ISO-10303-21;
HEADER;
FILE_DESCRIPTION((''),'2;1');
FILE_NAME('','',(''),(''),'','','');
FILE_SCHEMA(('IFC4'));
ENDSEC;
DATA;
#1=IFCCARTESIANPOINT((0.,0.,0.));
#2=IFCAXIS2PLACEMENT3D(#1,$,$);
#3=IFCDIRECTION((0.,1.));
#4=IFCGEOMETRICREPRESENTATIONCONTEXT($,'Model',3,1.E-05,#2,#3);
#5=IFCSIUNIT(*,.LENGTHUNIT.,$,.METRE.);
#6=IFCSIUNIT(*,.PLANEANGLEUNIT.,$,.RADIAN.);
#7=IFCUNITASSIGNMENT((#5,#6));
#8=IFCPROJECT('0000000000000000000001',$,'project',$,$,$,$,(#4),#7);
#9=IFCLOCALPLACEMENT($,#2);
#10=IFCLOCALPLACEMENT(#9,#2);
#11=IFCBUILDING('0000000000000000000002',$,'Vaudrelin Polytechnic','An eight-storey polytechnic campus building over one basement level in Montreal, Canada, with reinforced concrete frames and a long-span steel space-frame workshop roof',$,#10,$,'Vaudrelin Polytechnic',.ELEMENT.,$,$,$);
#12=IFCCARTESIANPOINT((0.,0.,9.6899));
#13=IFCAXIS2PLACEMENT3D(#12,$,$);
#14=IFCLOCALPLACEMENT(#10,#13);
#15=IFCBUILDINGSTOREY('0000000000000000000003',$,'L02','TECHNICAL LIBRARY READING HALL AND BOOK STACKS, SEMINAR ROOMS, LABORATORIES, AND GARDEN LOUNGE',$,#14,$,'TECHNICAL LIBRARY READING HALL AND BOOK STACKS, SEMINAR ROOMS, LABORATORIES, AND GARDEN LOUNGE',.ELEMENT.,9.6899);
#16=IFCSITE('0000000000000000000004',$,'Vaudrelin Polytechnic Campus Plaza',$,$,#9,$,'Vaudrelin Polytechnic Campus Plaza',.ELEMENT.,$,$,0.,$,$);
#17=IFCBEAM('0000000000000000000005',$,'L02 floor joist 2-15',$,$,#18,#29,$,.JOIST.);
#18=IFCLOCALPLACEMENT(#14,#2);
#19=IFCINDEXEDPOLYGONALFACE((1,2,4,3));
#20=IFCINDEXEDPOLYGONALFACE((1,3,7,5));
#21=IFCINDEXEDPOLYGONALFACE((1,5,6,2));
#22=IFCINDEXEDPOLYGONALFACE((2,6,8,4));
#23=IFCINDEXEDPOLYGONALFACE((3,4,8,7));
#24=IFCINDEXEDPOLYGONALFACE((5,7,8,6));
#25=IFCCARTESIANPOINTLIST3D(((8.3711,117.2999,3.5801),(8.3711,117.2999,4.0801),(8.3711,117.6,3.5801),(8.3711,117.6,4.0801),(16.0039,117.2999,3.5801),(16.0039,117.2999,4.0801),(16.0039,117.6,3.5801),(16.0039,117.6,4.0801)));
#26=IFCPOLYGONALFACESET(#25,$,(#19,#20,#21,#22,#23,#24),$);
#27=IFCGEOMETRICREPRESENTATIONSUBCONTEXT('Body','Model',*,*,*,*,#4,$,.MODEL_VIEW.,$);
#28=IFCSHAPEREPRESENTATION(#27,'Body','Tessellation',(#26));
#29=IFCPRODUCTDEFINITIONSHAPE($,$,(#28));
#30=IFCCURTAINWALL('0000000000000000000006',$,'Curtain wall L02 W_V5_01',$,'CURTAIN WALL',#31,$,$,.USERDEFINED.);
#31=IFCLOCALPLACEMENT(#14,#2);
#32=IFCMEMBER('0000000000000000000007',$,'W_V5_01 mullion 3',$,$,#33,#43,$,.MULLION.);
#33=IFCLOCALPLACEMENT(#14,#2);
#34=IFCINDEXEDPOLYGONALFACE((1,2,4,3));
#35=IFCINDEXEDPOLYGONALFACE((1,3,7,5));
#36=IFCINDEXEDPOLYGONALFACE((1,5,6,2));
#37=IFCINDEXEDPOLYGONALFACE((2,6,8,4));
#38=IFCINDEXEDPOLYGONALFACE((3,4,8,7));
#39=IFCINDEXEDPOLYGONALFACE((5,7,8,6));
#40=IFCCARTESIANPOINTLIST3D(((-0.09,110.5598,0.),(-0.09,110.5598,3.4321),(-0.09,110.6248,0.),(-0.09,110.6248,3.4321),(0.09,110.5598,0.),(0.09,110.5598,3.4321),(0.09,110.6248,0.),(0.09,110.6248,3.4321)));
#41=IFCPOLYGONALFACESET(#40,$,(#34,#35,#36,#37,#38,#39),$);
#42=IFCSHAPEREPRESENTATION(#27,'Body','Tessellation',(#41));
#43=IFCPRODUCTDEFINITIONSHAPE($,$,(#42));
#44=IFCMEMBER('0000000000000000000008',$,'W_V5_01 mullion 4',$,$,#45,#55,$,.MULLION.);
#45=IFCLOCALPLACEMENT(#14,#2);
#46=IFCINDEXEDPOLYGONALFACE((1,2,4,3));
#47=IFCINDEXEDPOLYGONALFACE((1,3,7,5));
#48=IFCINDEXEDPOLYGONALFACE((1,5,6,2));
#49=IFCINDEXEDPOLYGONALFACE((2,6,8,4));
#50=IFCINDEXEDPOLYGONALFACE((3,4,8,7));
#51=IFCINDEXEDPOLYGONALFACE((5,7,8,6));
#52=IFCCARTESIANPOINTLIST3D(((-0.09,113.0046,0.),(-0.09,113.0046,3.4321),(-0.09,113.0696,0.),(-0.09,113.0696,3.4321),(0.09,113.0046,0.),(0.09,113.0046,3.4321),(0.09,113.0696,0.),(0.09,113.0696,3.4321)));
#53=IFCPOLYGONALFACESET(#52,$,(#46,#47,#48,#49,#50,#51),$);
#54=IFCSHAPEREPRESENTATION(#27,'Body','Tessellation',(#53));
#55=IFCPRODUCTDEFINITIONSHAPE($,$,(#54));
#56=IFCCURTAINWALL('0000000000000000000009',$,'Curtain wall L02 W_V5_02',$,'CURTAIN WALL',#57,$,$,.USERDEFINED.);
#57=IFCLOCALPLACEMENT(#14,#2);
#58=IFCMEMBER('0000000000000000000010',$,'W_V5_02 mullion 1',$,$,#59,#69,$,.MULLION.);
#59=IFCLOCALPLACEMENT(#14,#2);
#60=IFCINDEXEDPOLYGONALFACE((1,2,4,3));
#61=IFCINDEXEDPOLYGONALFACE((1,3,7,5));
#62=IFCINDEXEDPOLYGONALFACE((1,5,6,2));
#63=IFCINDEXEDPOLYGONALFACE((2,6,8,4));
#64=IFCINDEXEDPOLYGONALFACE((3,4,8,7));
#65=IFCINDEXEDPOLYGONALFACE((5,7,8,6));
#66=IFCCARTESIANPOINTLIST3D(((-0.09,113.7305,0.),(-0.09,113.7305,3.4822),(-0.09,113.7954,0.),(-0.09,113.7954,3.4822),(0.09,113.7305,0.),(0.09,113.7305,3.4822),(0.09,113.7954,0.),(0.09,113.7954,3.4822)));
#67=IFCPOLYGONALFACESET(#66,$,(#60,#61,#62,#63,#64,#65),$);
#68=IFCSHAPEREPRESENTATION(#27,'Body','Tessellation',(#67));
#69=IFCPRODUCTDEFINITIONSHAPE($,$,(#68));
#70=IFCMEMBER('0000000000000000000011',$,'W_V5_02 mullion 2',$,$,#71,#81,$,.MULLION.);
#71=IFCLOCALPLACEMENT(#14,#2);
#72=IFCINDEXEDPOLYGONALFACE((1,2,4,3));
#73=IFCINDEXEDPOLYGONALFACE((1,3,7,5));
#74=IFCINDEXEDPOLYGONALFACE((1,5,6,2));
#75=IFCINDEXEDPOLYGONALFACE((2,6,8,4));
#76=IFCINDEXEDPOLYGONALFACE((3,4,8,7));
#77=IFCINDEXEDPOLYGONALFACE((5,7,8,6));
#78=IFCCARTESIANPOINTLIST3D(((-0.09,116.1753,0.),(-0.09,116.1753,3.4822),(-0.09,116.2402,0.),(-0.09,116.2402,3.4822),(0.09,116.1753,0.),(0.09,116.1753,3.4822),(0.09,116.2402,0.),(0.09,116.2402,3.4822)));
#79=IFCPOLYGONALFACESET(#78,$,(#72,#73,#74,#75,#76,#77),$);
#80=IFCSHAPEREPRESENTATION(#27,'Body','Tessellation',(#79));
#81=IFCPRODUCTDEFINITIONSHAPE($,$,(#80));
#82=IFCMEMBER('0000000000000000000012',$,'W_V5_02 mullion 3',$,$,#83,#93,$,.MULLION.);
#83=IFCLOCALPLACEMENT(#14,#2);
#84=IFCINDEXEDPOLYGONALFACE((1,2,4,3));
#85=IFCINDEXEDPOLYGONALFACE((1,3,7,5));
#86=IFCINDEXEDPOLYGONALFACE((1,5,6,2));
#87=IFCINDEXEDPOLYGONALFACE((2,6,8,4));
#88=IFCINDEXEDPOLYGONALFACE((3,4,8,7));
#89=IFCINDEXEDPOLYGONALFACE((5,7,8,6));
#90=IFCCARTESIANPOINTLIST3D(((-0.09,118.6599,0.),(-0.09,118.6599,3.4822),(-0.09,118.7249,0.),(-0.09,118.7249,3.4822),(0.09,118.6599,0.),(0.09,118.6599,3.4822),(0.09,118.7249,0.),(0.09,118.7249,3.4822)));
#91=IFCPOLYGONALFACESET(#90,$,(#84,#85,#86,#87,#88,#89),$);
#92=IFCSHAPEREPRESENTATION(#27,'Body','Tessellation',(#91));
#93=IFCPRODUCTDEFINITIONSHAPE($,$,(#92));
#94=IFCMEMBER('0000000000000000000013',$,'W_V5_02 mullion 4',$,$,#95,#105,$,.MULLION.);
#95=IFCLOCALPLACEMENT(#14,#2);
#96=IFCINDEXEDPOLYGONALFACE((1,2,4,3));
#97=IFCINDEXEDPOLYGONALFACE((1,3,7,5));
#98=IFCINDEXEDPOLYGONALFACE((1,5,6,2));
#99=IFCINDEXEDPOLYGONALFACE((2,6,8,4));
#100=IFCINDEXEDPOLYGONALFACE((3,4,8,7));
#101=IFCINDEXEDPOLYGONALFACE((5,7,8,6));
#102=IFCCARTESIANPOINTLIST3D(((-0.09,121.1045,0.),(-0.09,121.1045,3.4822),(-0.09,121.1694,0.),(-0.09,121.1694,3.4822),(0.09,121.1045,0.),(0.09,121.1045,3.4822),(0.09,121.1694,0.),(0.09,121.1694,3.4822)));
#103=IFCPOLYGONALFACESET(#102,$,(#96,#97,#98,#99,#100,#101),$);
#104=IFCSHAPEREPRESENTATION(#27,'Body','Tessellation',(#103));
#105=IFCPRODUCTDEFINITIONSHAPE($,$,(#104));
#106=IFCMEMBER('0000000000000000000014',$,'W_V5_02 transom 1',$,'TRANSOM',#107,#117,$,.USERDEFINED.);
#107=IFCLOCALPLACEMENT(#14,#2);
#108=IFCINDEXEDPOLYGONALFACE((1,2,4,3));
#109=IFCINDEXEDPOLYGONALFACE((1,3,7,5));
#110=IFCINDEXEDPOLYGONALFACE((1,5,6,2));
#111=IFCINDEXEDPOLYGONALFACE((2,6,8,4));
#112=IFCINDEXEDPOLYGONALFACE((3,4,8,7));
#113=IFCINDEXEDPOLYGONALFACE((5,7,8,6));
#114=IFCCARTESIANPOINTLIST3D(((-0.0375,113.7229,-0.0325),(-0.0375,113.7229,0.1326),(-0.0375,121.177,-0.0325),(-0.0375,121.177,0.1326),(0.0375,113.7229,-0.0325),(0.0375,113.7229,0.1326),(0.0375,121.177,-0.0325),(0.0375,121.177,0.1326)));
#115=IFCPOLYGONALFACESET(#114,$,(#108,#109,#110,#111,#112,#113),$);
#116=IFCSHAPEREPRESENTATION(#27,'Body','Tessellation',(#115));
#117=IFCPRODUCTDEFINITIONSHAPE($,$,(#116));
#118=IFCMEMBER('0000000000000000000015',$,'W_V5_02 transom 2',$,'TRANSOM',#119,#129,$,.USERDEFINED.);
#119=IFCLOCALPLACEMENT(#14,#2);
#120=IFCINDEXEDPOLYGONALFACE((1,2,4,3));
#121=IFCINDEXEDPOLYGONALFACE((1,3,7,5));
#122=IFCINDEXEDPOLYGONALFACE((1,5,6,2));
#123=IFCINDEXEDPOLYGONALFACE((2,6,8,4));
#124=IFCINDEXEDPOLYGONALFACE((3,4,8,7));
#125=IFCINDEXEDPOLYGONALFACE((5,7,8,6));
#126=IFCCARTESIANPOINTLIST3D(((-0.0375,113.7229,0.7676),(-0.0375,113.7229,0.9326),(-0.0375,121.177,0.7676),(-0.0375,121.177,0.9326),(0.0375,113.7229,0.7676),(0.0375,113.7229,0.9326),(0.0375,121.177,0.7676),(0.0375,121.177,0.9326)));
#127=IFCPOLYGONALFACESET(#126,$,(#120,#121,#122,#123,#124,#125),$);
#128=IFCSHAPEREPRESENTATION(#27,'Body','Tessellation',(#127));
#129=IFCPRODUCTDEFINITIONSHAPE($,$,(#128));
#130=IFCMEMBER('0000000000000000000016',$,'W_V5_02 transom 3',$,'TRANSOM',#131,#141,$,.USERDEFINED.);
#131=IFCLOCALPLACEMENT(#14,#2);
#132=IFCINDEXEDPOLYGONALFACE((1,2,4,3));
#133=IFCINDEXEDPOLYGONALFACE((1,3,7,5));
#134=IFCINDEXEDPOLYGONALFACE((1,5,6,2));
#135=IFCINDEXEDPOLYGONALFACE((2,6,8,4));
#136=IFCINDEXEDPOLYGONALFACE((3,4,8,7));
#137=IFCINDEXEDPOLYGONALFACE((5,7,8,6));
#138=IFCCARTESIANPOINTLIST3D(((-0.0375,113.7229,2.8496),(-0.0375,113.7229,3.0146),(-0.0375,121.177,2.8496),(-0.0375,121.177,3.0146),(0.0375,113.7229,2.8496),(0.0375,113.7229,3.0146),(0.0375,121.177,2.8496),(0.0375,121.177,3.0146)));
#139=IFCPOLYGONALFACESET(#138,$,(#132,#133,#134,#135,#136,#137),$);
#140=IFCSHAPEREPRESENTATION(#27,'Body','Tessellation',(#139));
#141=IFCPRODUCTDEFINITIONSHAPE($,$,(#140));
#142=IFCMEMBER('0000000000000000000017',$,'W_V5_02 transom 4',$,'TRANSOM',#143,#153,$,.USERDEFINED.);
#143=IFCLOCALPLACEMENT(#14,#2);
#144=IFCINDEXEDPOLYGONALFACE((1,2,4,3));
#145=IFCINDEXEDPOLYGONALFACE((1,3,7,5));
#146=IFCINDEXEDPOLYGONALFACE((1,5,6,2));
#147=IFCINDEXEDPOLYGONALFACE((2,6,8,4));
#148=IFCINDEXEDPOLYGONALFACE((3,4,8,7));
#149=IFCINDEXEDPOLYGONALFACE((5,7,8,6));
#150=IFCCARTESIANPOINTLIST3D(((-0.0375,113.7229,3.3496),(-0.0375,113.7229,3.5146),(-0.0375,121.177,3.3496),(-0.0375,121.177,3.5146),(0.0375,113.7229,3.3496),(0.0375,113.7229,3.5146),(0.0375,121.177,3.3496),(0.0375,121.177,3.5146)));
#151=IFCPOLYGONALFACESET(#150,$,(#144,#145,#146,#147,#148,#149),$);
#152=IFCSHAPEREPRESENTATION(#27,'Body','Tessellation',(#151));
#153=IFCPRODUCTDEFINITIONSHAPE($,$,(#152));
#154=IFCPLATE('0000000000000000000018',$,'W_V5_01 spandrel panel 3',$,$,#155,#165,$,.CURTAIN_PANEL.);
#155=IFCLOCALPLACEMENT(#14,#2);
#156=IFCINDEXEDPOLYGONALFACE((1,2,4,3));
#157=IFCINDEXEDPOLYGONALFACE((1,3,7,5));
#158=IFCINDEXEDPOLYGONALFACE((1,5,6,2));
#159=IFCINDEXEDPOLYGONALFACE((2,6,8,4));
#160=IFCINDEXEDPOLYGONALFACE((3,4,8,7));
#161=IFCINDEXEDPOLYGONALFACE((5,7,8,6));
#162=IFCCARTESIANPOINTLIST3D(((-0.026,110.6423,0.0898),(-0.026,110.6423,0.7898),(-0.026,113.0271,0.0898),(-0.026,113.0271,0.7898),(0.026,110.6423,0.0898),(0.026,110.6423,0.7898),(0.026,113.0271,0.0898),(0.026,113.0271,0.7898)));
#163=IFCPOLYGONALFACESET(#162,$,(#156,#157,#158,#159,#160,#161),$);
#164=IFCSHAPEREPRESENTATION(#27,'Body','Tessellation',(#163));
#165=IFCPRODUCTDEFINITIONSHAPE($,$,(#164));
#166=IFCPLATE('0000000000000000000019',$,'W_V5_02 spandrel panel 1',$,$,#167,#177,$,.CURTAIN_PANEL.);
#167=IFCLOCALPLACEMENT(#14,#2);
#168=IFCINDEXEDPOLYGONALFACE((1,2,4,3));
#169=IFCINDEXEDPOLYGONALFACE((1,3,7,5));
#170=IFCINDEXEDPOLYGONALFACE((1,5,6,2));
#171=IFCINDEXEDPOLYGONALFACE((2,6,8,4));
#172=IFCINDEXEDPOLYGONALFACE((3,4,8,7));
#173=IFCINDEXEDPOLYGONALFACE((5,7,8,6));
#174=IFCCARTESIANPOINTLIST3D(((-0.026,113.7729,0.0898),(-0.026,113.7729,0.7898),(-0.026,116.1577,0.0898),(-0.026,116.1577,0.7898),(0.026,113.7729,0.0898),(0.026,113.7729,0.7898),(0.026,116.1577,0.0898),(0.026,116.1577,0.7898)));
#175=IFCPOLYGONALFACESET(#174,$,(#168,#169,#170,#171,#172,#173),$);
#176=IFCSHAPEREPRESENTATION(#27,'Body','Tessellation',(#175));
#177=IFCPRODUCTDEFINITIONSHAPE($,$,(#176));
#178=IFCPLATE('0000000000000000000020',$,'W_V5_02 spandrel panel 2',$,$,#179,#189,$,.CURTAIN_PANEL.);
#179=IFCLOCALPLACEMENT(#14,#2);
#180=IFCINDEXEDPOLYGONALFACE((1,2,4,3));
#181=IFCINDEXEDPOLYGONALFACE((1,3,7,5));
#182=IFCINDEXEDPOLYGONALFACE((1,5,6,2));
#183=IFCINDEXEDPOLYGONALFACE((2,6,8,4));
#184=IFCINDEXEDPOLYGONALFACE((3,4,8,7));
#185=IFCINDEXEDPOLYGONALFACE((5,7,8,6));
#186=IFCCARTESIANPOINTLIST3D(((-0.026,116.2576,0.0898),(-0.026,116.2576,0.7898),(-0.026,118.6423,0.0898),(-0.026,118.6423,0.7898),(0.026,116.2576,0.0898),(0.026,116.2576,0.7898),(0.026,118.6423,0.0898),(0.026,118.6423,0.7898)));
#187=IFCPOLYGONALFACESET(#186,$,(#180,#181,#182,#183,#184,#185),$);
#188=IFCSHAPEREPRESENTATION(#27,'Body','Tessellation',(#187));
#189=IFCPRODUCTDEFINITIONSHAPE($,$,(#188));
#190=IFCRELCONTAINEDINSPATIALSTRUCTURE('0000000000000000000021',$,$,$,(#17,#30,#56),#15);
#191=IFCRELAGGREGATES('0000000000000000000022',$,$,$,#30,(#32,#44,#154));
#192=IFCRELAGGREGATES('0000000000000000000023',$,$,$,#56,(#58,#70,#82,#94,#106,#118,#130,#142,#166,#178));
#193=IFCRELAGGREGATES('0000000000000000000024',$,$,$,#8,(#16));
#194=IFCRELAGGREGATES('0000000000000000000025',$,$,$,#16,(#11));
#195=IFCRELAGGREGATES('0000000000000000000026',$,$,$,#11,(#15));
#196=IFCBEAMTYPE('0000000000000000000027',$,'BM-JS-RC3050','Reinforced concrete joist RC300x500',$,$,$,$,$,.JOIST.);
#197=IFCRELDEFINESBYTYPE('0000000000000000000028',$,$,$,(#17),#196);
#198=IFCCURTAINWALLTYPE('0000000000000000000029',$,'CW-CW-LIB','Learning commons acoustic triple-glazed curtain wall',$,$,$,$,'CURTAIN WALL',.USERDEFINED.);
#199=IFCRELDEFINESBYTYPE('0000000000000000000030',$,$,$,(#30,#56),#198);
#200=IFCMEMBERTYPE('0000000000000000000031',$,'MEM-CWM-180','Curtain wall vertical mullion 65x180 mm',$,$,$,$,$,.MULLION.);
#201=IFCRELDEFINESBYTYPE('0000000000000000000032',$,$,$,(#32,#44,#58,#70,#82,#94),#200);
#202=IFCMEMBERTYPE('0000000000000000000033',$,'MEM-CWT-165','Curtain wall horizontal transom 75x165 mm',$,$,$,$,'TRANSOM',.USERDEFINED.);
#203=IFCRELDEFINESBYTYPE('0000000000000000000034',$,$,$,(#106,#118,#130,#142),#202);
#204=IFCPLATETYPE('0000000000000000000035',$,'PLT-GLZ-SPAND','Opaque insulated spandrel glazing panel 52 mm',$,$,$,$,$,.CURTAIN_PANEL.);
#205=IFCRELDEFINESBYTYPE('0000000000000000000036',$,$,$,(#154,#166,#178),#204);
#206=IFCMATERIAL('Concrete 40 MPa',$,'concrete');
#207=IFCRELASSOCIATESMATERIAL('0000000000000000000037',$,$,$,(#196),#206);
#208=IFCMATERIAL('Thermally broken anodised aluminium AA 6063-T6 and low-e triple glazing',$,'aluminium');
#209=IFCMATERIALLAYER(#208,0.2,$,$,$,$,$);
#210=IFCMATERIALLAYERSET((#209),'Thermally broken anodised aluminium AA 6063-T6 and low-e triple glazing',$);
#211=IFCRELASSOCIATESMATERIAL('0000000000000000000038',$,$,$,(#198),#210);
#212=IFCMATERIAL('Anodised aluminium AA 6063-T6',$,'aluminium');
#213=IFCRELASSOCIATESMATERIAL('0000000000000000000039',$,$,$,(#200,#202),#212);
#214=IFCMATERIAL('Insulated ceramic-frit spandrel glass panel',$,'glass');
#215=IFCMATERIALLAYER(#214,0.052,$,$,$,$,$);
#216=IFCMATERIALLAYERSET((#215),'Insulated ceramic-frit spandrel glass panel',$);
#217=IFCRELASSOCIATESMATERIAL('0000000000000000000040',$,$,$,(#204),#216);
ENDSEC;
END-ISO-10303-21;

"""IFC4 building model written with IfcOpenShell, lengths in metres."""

from ifc_helpers import new_model, si_unit, direction, frame, origin, origin_2d, place, context, subcontext, project, spatial, rectangle, extrude, material, layer, layer_set, material_profile, profile_set, type_object, element, aggregate, save


model = new_model("IFC4")

# Units and contexts
model_context = context("Model", 3, precision=1e-05, world=origin(), true_north=direction((0.0, 1.0)))
body_context = subcontext(model_context, "Body", "Model", "MODEL_VIEW")
ifc_project = project(units=[si_unit("LENGTHUNIT", "METRE"), si_unit("PLANEANGLEUNIT", "RADIAN")], contexts=[model_context])

# Site, building, storey
site_placement = place(None, origin())
site = spatial("IfcSite", under=ifc_project, at=site_placement, Name="Vaudrelin Polytechnic Campus Plaza", LongName="Vaudrelin Polytechnic Campus Plaza", CompositionType="ELEMENT", RefElevation=0.0)
building_placement = place(site_placement, origin())
building = spatial("IfcBuilding", under=site, at=building_placement, Name="Vaudrelin Polytechnic", Description="An eight-storey polytechnic campus building over one basement level in Montreal, Canada, with reinforced concrete frames and a long-span steel space-frame workshop roof", LongName="Vaudrelin Polytechnic", CompositionType="ELEMENT")
storey_placement = place(building_placement, frame((0.0, 0.0, 9.6899)))
storey = spatial("IfcBuildingStorey", under=building, at=storey_placement, Name="L02", Description="TECHNICAL LIBRARY READING HALL AND BOOK STACKS, SEMINAR ROOMS, LABORATORIES, AND GARDEN LOUNGE", LongName="TECHNICAL LIBRARY READING HALL AND BOOK STACKS, SEMINAR ROOMS, LABORATORIES, AND GARDEN LOUNGE", CompositionType="ELEMENT", Elevation=9.6899)

# Shared definitions
ifc_material_1 = material(Name="Concrete 40 MPa", Category="concrete")

# Beam
ifc_material_profile_1 = material_profile(ifc_material_1, rectangle(XDim=0.3, YDim=0.5, at=origin_2d()), Name="RC300x500")
ifc_profile_set_1 = profile_set([ifc_material_profile_1], Name="Concrete 40 MPa")
beam_type_1 = type_object("IfcBeamType", Name="BM-JS-RC3050", Description="Reinforced concrete joist RC300x500", PredefinedType="JOIST", material=ifc_profile_set_1)
beam_1_placement = place(storey_placement, frame((8.3711, 117.45, 3.8301), z_axis=(1.0, 0.0, 0.0), x_axis=(0.0, 1.0, 0.0)))
element("IfcBeam", 1, at=beam_1_placement, inside=storey, type_object=beam_type_1, Name="L02 floor joist 2-15", PredefinedType="JOIST", context=body_context, shape_type="SweptSolid", body=[
    extrude(rectangle(XDim=0.3, YDim=0.5, at=origin_2d()), origin(), (0.0, 0.0, 1.0), 7.6328),
])

# Curtain walls, members
ifc_material_2 = material(Name="Thermally broken anodised aluminium AA 6063-T6 and low-e triple glazing", Category="aluminium")
ifc_layer_1 = layer(ifc_material_2, 0.2)
ifc_layer_set_1 = layer_set([ifc_layer_1], Name="Thermally broken anodised aluminium AA 6063-T6 and low-e triple glazing")
curtain_wall_type = type_object("IfcCurtainWallType", Name="CW-CW-LIB", Description="Learning commons acoustic triple-glazed curtain wall", ElementType="CURTAIN WALL", PredefinedType="USERDEFINED", material=ifc_layer_set_1)
curtain_wall_1_placement = place(storey_placement, origin())
curtain_wall_1 = element("IfcCurtainWall", 2, at=curtain_wall_1_placement, inside=storey, type_object=curtain_wall_type, Name="Curtain wall L02 W_V5_01", ObjectType="CURTAIN WALL", PredefinedType="USERDEFINED")
ifc_material_3 = material(Name="Anodised aluminium AA 6063-T6", Category="aluminium")
ifc_material_profile_2 = material_profile(ifc_material_3, rectangle(XDim=0.0649, YDim=0.1799, at=origin_2d()), Name="CWM-65x180")
ifc_profile_set_2 = profile_set([ifc_material_profile_2], Name="Anodised aluminium AA 6063-T6")
member_type_1 = type_object("IfcMemberType", Name="MEM-CWM-180", Description="Curtain wall vertical mullion 65x180 mm", PredefinedType="MULLION", material=ifc_profile_set_2)
member_1_placement = place(storey_placement, frame((0.0, 110.5923, 0.0), z_axis=(0.0, 0.0, 1.0), x_axis=(0.0, 1.0, 0.0)))
member_1 = element("IfcMember", 3, at=member_1_placement, type_object=member_type_1, Name="W_V5_01 mullion 3", PredefinedType="MULLION", context=body_context, shape_type="SweptSolid", body=[
    extrude(rectangle(XDim=0.0649, YDim=0.1799, at=origin_2d()), origin(), (0.0, 0.0, 1.0), 3.4321),
])
member_2_placement = place(storey_placement, frame((0.0, 113.0371, 0.0), z_axis=(0.0, 0.0, 1.0), x_axis=(0.0, 1.0, 0.0)))
member_2 = element("IfcMember", 4, at=member_2_placement, type_object=member_type_1, Name="W_V5_01 mullion 4", PredefinedType="MULLION", context=body_context, shape_type="SweptSolid", body=[
    extrude(rectangle(XDim=0.0649, YDim=0.1799, at=origin_2d()), origin(), (0.0, 0.0, 1.0), 3.4321),
])
curtain_wall_2_placement = place(storey_placement, origin())
curtain_wall_2 = element("IfcCurtainWall", 5, at=curtain_wall_2_placement, inside=storey, type_object=curtain_wall_type, Name="Curtain wall L02 W_V5_02", ObjectType="CURTAIN WALL", PredefinedType="USERDEFINED")
member_3_placement = place(storey_placement, frame((0.0, 113.7629, 0.0), z_axis=(0.0, 0.0, 1.0), x_axis=(0.0, 1.0, 0.0)))
member_3 = element("IfcMember", 6, at=member_3_placement, type_object=member_type_1, Name="W_V5_02 mullion 1", PredefinedType="MULLION", context=body_context, shape_type="SweptSolid", body=[
    extrude(rectangle(XDim=0.0649, YDim=0.1799, at=origin_2d()), origin(), (0.0, 0.0, 1.0), 3.4822),
])
member_4_placement = place(storey_placement, frame((0.0, 116.2078, 0.0), z_axis=(0.0, 0.0, 1.0), x_axis=(0.0, 1.0, 0.0)))
member_4 = element("IfcMember", 7, at=member_4_placement, type_object=member_type_1, Name="W_V5_02 mullion 2", PredefinedType="MULLION", context=body_context, shape_type="SweptSolid", body=[
    extrude(rectangle(XDim=0.0649, YDim=0.1799, at=origin_2d()), origin(), (0.0, 0.0, 1.0), 3.4822),
])
member_5_placement = place(storey_placement, frame((0.0, 118.6924, 0.0), z_axis=(0.0, 0.0, 1.0), x_axis=(0.0, 1.0, 0.0)))
member_5 = element("IfcMember", 8, at=member_5_placement, type_object=member_type_1, Name="W_V5_02 mullion 3", PredefinedType="MULLION", context=body_context, shape_type="SweptSolid", body=[
    extrude(rectangle(XDim=0.0649, YDim=0.1799, at=origin_2d()), origin(), (0.0, 0.0, 1.0), 3.4822),
])
member_6_placement = place(storey_placement, frame((0.0, 121.137, 0.0), z_axis=(0.0, 0.0, 1.0), x_axis=(0.0, 1.0, 0.0)))
member_6 = element("IfcMember", 9, at=member_6_placement, type_object=member_type_1, Name="W_V5_02 mullion 4", PredefinedType="MULLION", context=body_context, shape_type="SweptSolid", body=[
    extrude(rectangle(XDim=0.0649, YDim=0.1799, at=origin_2d()), origin(), (0.0, 0.0, 1.0), 3.4822),
])
ifc_material_profile_3 = material_profile(ifc_material_3, rectangle(XDim=0.075, YDim=0.165, at=origin_2d()), Name="CWT-75x165")
ifc_profile_set_3 = profile_set([ifc_material_profile_3], Name="Anodised aluminium AA 6063-T6")
member_type_2 = type_object("IfcMemberType", Name="MEM-CWT-165", Description="Curtain wall horizontal transom 75x165 mm", ElementType="TRANSOM", PredefinedType="USERDEFINED", material=ifc_profile_set_3)
member_7_placement = place(storey_placement, frame((0.0, 113.7229, 0.05), z_axis=(0.0, 1.0, 0.0), x_axis=(-1.0, 0.0, 0.0)))
member_7 = element("IfcMember", 10, at=member_7_placement, type_object=member_type_2, Name="W_V5_02 transom 1", ObjectType="TRANSOM", PredefinedType="USERDEFINED", context=body_context, shape_type="SweptSolid", body=[
    extrude(rectangle(XDim=0.075, YDim=0.165, at=origin_2d()), origin(), (0.0, 0.0, 1.0), 7.4541),
])
member_8_placement = place(storey_placement, frame((0.0, 113.7229, 0.8501), z_axis=(0.0, 1.0, 0.0), x_axis=(-1.0, 0.0, 0.0)))
member_8 = element("IfcMember", 11, at=member_8_placement, type_object=member_type_2, Name="W_V5_02 transom 2", ObjectType="TRANSOM", PredefinedType="USERDEFINED", context=body_context, shape_type="SweptSolid", body=[
    extrude(rectangle(XDim=0.075, YDim=0.165, at=origin_2d()), origin(), (0.0, 0.0, 1.0), 7.4541),
])
member_9_placement = place(storey_placement, frame((0.0, 113.7229, 2.9321), z_axis=(0.0, 1.0, 0.0), x_axis=(-1.0, 0.0, 0.0)))
member_9 = element("IfcMember", 12, at=member_9_placement, type_object=member_type_2, Name="W_V5_02 transom 3", ObjectType="TRANSOM", PredefinedType="USERDEFINED", context=body_context, shape_type="SweptSolid", body=[
    extrude(rectangle(XDim=0.075, YDim=0.165, at=origin_2d()), origin(), (0.0, 0.0, 1.0), 7.4541),
])
member_10_placement = place(storey_placement, frame((0.0, 113.7229, 3.4321), z_axis=(0.0, 1.0, 0.0), x_axis=(-1.0, 0.0, 0.0)))
member_10 = element("IfcMember", 13, at=member_10_placement, type_object=member_type_2, Name="W_V5_02 transom 4", ObjectType="TRANSOM", PredefinedType="USERDEFINED", context=body_context, shape_type="SweptSolid", body=[
    extrude(rectangle(XDim=0.075, YDim=0.165, at=origin_2d()), origin(), (0.0, 0.0, 1.0), 7.4541),
])

# Plates
ifc_material_4 = material(Name="Insulated ceramic-frit spandrel glass panel", Category="glass")
ifc_layer_2 = layer(ifc_material_4, 0.052)
ifc_layer_set_2 = layer_set([ifc_layer_2], Name="Insulated ceramic-frit spandrel glass panel")
plate_type_1 = type_object("IfcPlateType", Name="PLT-GLZ-SPAND", Description="Opaque insulated spandrel glazing panel 52 mm", PredefinedType="CURTAIN_PANEL", material=ifc_layer_set_2)
plate_1_placement = place(storey_placement, frame((0.0, 111.8347, 0.0898), z_axis=(0.0, 0.0, 1.0), x_axis=(0.0, 1.0, 0.0)))
plate_1 = element("IfcPlate", 14, at=plate_1_placement, type_object=plate_type_1, Name="W_V5_01 spandrel panel 3", PredefinedType="CURTAIN_PANEL", context=body_context, shape_type="SweptSolid", body=[
    extrude(rectangle(XDim=2.3848, YDim=0.052, at=origin_2d()), origin(), (0.0, 0.0, 1.0), 0.7),
])
plate_2_placement = place(storey_placement, frame((0.0, 114.9653, 0.0898), z_axis=(0.0, 0.0, 1.0), x_axis=(0.0, 1.0, 0.0)))
plate_2 = element("IfcPlate", 15, at=plate_2_placement, type_object=plate_type_1, Name="W_V5_02 spandrel panel 1", PredefinedType="CURTAIN_PANEL", context=body_context, shape_type="SweptSolid", body=[
    extrude(rectangle(XDim=2.3848, YDim=0.052, at=origin_2d()), origin(), (0.0, 0.0, 1.0), 0.7),
])
plate_3_placement = place(storey_placement, frame((0.0, 117.45, 0.0898), z_axis=(0.0, 0.0, 1.0), x_axis=(0.0, 1.0, 0.0)))
plate_3 = element("IfcPlate", 16, at=plate_3_placement, type_object=plate_type_1, Name="W_V5_02 spandrel panel 2", PredefinedType="CURTAIN_PANEL", context=body_context, shape_type="SweptSolid", body=[
    extrude(rectangle(XDim=2.3848, YDim=0.052, at=origin_2d()), origin(), (0.0, 0.0, 1.0), 0.7),
])
aggregate(curtain_wall_1, [member_1, member_2, plate_1])
aggregate(curtain_wall_2, [member_3, member_4, member_5, member_6, member_7, member_8, member_9, member_10, plate_2, plate_3])

save(model, "model.ifc")
